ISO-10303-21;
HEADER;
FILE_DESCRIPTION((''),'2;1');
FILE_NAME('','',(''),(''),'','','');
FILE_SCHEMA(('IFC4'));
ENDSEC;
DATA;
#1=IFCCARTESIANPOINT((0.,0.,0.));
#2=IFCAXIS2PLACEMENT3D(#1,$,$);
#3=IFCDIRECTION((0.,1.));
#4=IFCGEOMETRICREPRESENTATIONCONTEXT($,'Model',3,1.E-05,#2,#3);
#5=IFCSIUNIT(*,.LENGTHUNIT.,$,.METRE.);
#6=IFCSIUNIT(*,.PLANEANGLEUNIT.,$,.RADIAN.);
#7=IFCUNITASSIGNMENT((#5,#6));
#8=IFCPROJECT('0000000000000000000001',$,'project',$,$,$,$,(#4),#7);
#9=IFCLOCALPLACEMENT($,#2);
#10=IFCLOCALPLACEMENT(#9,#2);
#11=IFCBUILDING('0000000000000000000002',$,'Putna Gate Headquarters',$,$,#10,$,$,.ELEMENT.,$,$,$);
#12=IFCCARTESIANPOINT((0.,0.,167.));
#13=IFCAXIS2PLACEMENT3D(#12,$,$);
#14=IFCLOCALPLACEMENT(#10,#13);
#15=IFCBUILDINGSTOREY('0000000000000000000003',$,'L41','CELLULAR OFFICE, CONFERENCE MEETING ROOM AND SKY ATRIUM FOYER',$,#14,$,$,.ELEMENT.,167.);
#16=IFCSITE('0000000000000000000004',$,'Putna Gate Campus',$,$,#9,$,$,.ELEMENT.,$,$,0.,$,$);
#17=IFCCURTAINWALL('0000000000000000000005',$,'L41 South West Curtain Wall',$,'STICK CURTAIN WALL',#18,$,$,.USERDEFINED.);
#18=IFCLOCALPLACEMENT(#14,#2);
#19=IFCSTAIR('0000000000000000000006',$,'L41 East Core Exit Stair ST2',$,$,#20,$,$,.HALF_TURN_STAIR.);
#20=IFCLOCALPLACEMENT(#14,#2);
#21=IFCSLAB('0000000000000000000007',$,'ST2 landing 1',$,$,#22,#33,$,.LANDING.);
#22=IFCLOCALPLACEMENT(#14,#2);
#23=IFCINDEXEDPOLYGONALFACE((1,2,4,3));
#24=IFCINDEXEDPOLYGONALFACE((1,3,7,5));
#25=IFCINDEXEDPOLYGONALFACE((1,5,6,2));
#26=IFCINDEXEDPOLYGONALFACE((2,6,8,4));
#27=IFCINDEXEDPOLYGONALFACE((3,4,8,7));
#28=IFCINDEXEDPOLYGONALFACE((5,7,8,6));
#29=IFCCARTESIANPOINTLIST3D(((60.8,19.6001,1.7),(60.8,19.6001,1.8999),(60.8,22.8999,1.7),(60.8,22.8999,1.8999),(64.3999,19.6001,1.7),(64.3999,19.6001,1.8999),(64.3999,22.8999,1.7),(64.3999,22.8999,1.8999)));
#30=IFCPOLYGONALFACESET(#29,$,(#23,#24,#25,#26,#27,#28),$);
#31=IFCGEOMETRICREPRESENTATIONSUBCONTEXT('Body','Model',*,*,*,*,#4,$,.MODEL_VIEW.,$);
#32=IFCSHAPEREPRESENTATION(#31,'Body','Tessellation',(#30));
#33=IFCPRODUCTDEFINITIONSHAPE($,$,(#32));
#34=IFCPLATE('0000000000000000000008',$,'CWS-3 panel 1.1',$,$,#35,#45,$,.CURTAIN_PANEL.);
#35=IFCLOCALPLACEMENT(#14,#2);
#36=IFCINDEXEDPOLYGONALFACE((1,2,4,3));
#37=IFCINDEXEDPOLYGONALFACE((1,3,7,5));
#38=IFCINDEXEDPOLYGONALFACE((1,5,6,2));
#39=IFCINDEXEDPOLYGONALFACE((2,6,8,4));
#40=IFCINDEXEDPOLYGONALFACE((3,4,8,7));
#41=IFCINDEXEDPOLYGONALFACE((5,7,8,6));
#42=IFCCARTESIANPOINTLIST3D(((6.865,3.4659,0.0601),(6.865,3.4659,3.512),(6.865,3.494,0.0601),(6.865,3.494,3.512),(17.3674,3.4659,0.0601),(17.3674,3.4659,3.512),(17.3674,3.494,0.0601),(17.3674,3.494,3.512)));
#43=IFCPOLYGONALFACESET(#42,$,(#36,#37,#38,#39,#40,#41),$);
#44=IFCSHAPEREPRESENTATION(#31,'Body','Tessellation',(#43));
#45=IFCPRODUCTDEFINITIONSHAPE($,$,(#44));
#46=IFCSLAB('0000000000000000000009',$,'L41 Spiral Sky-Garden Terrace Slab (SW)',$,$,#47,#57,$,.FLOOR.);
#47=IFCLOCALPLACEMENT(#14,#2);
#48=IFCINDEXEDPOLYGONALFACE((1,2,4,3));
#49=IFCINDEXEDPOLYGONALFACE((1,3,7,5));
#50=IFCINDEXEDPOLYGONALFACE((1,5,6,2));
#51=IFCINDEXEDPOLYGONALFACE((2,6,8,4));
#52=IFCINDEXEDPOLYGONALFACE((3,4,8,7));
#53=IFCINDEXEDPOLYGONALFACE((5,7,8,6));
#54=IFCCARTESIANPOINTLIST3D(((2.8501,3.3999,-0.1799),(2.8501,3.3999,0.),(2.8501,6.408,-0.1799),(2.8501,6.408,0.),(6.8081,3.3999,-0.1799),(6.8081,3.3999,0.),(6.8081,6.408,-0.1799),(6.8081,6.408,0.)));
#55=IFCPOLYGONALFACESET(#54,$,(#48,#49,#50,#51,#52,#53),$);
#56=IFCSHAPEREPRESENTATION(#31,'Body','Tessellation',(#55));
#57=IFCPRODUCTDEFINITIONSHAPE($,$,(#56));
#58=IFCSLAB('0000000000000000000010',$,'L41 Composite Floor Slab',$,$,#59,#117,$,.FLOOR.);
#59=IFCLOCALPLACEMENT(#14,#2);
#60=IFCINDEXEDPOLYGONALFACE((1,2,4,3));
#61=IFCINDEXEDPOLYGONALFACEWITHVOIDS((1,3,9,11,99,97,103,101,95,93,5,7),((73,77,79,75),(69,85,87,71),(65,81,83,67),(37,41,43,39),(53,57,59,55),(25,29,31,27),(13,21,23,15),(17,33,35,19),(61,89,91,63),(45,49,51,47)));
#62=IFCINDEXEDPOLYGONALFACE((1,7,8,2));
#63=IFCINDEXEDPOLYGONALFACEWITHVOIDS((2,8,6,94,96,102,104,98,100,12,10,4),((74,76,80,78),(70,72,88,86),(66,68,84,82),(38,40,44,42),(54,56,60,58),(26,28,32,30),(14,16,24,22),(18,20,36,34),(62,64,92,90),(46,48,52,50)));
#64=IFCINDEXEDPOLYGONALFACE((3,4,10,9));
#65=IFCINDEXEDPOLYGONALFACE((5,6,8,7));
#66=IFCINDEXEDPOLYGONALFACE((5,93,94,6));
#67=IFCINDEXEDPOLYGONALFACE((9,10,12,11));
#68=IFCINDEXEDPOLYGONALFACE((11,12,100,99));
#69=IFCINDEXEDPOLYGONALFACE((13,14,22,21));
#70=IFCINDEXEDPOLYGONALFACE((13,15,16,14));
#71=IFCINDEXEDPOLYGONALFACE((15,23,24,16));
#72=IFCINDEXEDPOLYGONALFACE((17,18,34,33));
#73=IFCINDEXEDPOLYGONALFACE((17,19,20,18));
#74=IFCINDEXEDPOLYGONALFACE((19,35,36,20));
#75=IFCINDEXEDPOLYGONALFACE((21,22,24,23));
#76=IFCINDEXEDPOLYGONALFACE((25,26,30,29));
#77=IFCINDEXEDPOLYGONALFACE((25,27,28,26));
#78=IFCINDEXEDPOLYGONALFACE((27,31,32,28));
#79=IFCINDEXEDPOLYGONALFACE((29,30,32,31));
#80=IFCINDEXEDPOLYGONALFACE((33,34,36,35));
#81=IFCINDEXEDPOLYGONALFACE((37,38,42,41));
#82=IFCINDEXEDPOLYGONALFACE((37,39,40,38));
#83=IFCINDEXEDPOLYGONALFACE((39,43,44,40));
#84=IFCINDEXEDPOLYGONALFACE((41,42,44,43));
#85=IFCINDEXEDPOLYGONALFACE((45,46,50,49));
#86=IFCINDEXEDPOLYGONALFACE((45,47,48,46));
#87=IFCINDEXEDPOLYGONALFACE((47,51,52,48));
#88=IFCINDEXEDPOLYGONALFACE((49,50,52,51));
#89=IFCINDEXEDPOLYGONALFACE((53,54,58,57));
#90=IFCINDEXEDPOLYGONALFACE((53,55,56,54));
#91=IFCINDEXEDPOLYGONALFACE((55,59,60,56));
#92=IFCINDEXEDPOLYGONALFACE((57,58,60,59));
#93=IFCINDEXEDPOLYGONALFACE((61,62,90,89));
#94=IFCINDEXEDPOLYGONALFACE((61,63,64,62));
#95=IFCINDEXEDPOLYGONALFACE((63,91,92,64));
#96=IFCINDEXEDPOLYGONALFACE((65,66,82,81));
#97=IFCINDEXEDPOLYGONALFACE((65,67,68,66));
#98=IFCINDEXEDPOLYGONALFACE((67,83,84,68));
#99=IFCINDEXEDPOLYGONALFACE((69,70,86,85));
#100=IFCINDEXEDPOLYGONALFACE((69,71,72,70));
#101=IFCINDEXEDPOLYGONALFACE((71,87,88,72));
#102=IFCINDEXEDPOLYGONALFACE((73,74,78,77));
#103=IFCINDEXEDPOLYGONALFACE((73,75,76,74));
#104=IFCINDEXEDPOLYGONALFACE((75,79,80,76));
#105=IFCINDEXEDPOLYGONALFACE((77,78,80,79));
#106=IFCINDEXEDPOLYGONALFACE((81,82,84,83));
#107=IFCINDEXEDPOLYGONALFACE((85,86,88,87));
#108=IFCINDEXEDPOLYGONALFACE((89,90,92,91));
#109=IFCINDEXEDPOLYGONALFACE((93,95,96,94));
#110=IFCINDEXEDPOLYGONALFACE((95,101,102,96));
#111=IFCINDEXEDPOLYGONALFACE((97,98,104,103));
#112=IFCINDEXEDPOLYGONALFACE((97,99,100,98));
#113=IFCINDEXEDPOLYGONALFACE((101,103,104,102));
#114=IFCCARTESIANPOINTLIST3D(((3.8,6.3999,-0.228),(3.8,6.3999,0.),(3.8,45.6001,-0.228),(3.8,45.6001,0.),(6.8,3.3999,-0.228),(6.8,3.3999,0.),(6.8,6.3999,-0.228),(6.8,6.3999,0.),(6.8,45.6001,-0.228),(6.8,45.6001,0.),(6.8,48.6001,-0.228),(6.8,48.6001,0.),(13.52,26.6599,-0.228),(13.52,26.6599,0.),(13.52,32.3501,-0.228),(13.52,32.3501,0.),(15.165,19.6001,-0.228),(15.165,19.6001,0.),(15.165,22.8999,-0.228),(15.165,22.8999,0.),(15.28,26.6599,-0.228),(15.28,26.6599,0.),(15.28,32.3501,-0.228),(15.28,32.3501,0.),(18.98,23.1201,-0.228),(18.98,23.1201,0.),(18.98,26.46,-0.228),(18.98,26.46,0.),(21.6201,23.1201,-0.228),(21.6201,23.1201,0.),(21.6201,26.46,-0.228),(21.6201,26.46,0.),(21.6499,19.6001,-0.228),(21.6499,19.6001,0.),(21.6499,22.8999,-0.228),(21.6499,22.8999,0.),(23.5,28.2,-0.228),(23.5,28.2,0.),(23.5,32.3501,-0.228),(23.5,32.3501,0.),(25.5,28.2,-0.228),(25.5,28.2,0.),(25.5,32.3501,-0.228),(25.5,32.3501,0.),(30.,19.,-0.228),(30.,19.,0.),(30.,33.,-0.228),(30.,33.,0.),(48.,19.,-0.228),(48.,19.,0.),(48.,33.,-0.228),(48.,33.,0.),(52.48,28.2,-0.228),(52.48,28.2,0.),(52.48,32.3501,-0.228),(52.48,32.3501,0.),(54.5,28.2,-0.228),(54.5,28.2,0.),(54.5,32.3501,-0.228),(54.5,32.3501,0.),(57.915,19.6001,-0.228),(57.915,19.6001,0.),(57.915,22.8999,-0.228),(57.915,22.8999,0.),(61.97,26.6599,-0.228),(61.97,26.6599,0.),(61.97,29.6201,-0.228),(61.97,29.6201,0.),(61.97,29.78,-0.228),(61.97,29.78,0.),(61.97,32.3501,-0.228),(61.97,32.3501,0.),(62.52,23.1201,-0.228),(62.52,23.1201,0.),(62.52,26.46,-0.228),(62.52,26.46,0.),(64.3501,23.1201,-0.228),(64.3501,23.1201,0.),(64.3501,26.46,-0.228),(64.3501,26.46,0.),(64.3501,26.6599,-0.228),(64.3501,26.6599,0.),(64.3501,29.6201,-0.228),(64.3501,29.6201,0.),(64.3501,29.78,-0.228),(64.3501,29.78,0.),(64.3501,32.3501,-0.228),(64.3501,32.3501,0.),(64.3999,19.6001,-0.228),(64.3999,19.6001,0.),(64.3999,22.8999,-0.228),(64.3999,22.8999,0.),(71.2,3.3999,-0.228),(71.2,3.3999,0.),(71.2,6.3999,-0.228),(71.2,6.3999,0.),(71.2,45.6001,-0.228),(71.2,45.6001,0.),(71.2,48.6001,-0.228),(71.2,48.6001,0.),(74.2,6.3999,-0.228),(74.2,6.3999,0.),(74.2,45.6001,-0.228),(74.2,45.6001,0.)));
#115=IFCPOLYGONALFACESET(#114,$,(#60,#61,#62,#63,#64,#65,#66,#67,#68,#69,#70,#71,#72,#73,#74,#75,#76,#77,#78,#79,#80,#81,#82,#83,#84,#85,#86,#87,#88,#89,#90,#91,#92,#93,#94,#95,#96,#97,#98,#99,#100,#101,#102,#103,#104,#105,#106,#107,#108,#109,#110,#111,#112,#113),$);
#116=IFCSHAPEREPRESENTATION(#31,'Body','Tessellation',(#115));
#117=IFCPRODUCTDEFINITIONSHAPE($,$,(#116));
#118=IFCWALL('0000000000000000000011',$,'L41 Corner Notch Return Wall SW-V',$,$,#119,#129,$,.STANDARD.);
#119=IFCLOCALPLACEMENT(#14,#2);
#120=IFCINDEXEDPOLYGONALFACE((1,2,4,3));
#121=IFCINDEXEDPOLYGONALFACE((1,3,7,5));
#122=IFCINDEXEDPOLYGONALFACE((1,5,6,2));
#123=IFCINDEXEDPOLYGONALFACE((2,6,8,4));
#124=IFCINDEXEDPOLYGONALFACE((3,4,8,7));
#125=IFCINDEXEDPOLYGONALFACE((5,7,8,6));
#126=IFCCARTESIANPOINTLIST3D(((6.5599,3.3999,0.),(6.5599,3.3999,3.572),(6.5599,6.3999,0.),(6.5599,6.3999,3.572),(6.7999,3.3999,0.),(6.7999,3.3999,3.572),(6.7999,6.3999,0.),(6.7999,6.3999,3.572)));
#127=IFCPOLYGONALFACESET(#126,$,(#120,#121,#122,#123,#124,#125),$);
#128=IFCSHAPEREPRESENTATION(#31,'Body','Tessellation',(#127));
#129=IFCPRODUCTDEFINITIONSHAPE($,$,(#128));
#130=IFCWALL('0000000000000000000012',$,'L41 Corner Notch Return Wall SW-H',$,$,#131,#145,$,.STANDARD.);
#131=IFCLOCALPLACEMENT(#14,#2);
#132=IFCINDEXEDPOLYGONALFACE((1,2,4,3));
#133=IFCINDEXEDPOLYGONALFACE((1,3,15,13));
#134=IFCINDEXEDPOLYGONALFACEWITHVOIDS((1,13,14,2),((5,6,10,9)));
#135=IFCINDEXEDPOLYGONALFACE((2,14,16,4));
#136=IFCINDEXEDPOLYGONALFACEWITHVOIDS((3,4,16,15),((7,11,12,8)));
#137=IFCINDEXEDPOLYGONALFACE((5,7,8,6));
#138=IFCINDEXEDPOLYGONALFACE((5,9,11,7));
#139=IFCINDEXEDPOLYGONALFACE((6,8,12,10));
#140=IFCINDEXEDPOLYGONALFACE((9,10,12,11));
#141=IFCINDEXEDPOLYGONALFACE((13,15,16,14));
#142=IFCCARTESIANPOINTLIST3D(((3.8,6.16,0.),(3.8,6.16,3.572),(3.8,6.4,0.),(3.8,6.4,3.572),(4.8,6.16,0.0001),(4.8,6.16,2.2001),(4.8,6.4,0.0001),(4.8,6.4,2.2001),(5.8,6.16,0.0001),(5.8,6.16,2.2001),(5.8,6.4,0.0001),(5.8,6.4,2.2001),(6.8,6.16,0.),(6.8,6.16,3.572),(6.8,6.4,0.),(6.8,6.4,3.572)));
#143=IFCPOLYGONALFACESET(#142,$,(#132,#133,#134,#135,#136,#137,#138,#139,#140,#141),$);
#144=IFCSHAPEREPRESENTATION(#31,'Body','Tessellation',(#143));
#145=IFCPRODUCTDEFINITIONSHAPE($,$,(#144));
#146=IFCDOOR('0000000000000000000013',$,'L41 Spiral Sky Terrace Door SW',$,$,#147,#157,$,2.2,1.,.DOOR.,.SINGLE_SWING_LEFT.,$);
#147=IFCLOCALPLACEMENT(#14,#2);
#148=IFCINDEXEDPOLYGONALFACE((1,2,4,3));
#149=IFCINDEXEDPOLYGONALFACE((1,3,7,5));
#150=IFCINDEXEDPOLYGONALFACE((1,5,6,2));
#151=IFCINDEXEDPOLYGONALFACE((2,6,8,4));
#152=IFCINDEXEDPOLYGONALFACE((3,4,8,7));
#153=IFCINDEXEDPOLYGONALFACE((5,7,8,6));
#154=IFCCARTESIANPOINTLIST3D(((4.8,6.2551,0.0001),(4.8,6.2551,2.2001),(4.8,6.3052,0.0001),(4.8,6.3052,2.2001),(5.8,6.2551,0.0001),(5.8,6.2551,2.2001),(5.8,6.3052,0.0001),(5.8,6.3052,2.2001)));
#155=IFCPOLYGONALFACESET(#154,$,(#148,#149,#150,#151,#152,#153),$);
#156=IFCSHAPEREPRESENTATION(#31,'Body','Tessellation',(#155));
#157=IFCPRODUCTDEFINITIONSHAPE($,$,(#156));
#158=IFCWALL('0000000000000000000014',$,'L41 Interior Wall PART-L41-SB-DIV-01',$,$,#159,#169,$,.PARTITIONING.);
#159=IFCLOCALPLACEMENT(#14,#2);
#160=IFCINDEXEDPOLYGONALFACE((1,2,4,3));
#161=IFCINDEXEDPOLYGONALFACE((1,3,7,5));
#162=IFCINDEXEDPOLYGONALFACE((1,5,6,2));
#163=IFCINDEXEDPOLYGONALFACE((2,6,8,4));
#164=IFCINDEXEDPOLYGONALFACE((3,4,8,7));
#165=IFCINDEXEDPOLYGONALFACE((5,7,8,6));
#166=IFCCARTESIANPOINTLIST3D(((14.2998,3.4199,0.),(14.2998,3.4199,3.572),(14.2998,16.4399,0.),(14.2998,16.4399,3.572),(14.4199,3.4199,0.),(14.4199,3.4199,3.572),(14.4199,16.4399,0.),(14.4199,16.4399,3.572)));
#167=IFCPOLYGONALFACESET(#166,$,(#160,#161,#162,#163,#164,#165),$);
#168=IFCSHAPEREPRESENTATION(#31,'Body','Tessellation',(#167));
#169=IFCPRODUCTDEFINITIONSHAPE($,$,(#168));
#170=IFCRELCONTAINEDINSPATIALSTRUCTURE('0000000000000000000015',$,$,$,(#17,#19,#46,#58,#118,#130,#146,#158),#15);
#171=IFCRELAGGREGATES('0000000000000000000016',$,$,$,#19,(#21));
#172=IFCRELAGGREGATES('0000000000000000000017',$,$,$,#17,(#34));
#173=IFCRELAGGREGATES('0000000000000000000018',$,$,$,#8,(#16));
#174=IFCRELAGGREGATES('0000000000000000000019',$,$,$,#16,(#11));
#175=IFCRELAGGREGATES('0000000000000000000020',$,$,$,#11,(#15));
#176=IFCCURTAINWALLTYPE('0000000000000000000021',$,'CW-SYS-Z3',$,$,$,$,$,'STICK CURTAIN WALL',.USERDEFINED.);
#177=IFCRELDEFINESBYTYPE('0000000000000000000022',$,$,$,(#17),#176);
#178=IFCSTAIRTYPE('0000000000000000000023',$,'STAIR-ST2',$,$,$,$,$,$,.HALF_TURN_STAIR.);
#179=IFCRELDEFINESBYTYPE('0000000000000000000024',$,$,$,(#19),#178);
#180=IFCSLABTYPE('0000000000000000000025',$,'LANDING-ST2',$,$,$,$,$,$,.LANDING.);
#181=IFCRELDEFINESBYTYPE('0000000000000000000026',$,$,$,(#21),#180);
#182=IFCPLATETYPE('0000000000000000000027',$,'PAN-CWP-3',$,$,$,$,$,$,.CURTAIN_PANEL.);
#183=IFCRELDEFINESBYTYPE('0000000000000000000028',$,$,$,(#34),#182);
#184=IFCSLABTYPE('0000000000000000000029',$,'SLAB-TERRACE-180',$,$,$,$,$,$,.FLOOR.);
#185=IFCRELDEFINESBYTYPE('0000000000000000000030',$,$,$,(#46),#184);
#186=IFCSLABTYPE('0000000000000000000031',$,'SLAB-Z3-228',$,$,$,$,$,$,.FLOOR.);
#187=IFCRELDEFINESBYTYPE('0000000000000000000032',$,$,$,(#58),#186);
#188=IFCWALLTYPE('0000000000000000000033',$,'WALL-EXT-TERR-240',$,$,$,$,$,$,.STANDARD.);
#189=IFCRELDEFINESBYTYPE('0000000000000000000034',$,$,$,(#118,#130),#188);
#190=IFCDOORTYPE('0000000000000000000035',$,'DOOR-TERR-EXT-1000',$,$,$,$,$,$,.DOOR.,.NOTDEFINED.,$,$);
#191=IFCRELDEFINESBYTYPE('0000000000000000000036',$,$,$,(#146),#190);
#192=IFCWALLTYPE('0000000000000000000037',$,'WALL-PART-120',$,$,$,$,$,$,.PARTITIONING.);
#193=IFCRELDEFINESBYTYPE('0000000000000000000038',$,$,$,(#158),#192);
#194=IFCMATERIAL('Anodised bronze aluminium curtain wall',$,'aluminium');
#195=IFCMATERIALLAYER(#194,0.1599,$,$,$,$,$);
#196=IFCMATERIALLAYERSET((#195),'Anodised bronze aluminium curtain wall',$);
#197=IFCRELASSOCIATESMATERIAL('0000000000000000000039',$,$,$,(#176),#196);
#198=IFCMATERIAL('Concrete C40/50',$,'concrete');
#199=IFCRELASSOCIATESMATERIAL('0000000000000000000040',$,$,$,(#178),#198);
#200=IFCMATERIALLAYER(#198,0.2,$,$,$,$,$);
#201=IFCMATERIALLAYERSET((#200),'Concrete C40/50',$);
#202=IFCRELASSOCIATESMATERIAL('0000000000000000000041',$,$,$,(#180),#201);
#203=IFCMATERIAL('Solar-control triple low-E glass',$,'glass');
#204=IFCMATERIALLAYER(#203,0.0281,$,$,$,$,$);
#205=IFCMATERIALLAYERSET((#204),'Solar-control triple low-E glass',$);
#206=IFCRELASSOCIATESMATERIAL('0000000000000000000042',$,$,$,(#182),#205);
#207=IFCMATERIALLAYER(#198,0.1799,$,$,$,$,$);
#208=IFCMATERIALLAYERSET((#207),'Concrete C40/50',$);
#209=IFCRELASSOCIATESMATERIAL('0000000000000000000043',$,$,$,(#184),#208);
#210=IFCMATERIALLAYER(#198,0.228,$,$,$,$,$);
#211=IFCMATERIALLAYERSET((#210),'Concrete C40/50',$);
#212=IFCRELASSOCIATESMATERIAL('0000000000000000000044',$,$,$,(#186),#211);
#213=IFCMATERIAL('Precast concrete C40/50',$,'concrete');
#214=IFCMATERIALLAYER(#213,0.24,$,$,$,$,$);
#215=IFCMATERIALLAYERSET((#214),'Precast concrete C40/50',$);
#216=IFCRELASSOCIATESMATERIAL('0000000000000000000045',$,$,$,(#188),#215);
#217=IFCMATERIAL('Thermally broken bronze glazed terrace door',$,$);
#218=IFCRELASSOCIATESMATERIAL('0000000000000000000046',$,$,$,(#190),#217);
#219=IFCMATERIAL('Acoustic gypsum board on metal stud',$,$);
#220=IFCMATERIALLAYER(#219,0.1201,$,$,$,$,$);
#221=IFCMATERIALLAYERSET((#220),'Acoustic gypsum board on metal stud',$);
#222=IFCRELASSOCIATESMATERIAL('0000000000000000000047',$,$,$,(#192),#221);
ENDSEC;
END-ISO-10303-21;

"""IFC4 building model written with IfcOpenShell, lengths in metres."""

from ifc_helpers import new_model, si_unit, direction, frame, frame_2d, origin, origin_2d, place, context, subcontext, project, spatial, polyline, rectangle, outline, extrude, material, layer, layer_set, type_object, element, fill, aggregate, save


model = new_model("IFC4")

# Units and contexts
model_context = context("Model", 3, precision=1e-05, world=origin(), true_north=direction((0.0, 1.0)))
body_context = subcontext(model_context, "Body", "Model", "MODEL_VIEW")
ifc_project = project(units=[si_unit("LENGTHUNIT", "METRE"), si_unit("PLANEANGLEUNIT", "RADIAN")], contexts=[model_context])

# Site, building, storey
site_placement = place(None, origin())
site = spatial("IfcSite", under=ifc_project, at=site_placement, Name="Putna Gate Campus", CompositionType="ELEMENT", RefElevation=0.0)
building_placement = place(site_placement, origin())
building = spatial("IfcBuilding", under=site, at=building_placement, Name="Putna Gate Headquarters", CompositionType="ELEMENT")
storey_placement = place(building_placement, frame((0.0, 0.0, 167.0)))
storey = spatial("IfcBuildingStorey", under=building, at=storey_placement, Name="L41", Description="CELLULAR OFFICE, CONFERENCE MEETING ROOM AND SKY ATRIUM FOYER", CompositionType="ELEMENT", Elevation=167.0)

# Curtain wall
ifc_material_1 = material(Name="Anodised bronze aluminium curtain wall", Category="aluminium")
ifc_layer_1 = layer(ifc_material_1, 0.1599)
ifc_layer_set_1 = layer_set([ifc_layer_1], Name="Anodised bronze aluminium curtain wall")
curtain_wall_type = type_object("IfcCurtainWallType", Name="CW-SYS-Z3", ElementType="STICK CURTAIN WALL", PredefinedType="USERDEFINED", material=ifc_layer_set_1)
curtain_wall_1_placement = place(storey_placement, origin())
curtain_wall_1 = element("IfcCurtainWall", 1, at=curtain_wall_1_placement, inside=storey, type_object=curtain_wall_type, Name="L41 South West Curtain Wall", ObjectType="STICK CURTAIN WALL", PredefinedType="USERDEFINED")

# Stair, slab
ifc_material_2 = material(Name="Concrete C40/50", Category="concrete")
stair_type_1 = type_object("IfcStairType", Name="STAIR-ST2", PredefinedType="HALF_TURN_STAIR", material=ifc_material_2)
stair_1_placement = place(storey_placement, origin())
stair_1 = element("IfcStair", 2, at=stair_1_placement, inside=storey, type_object=stair_type_1, Name="L41 East Core Exit Stair ST2", PredefinedType="HALF_TURN_STAIR")
ifc_layer_2 = layer(ifc_material_2, 0.2)
ifc_layer_set_2 = layer_set([ifc_layer_2], Name="Concrete C40/50")
slab_type_1 = type_object("IfcSlabType", Name="LANDING-ST2", PredefinedType="LANDING", material=ifc_layer_set_2)
slab_1_placement = place(storey_placement, frame((0.0, 0.0, 1.7)))
slab_1 = element("IfcSlab", 3, at=slab_1_placement, type_object=slab_type_1, Name="ST2 landing 1", PredefinedType="LANDING", context=body_context, shape_type="SweptSolid", body=[
    extrude(outline(polyline([(60.8, 19.6001), (64.3999, 19.6001), (64.3999, 22.8999), (60.8, 22.8999), (60.8, 19.6001)])), origin(), (0.0, 0.0, 1.0), 0.2),
])
aggregate(stair_1, [slab_1])

# Plate
ifc_material_3 = material(Name="Solar-control triple low-E glass", Category="glass")
ifc_layer_3 = layer(ifc_material_3, 0.0281)
ifc_layer_set_3 = layer_set([ifc_layer_3], Name="Solar-control triple low-E glass")
plate_type = type_object("IfcPlateType", Name="PAN-CWP-3", PredefinedType="CURTAIN_PANEL", material=ifc_layer_set_3)
plate_placement = place(storey_placement, frame((12.1162, 3.48, 0.0601), z_axis=(0.0, 0.0, 1.0), x_axis=(1.0, 0.0, 0.0)))
plate = element("IfcPlate", 4, at=plate_placement, type_object=plate_type, Name="CWS-3 panel 1.1", PredefinedType="CURTAIN_PANEL", context=body_context, shape_type="SweptSolid", body=[
    extrude(rectangle(XDim=10.5024, YDim=0.0281, at=origin_2d()), origin(), (0.0, 0.0, 1.0), 3.4519),
])
aggregate(curtain_wall_1, [plate])

# Slabs
ifc_layer_4 = layer(ifc_material_2, 0.1799)
ifc_layer_set_4 = layer_set([ifc_layer_4], Name="Concrete C40/50")
slab_type_2 = type_object("IfcSlabType", Name="SLAB-TERRACE-180", PredefinedType="FLOOR", material=ifc_layer_set_4)
slab_2_placement = place(storey_placement, frame((0.0, 0.0, -0.1799)))
element("IfcSlab", 5, at=slab_2_placement, inside=storey, type_object=slab_type_2, Name="L41 Spiral Sky-Garden Terrace Slab (SW)", PredefinedType="FLOOR", context=body_context, shape_type="SweptSolid", body=[
    extrude(outline(polyline([(2.8501, 3.3999), (6.8081, 3.3999), (6.8081, 6.408), (2.8501, 6.408), (2.8501, 3.3999)])), origin(), (0.0, 0.0, 1.0), 0.1799),
])
ifc_layer_5 = layer(ifc_material_2, 0.228)
ifc_layer_set_5 = layer_set([ifc_layer_5], Name="Concrete C40/50")
slab_type_3 = type_object("IfcSlabType", Name="SLAB-Z3-228", PredefinedType="FLOOR", material=ifc_layer_set_5)
slab_3_placement = place(storey_placement, frame((0.0, 0.0, -0.228)))
element("IfcSlab", 6, at=slab_3_placement, inside=storey, type_object=slab_type_3, Name="L41 Composite Floor Slab", PredefinedType="FLOOR", context=body_context, shape_type="SweptSolid", body=[
    extrude(outline(polyline([(6.8, 3.3999), (71.2, 3.3999), (71.2, 6.3999), (74.2, 6.3999), (74.2, 45.6001), (71.2, 45.6001), (71.2, 48.6001), (6.8, 48.6001), (6.8, 45.6001), (3.8, 45.6001), (3.8, 6.3999), (6.8, 6.3999), (6.8, 3.3999)]), holes=[polyline([(15.165, 19.6001), (21.6499, 19.6001), (21.6499, 22.8999), (15.165, 22.8999), (15.165, 19.6001)]), polyline([(57.915, 19.6001), (64.3999, 19.6001), (64.3999, 22.8999), (57.915, 22.8999), (57.915, 19.6001)]), polyline([(13.52, 26.6599), (15.28, 26.6599), (15.28, 32.3501), (13.52, 32.3501), (13.52, 26.6599)]), polyline([(61.97, 29.78), (64.3501, 29.78), (64.3501, 32.3501), (61.97, 32.3501), (61.97, 29.78)]), polyline([(18.98, 23.1201), (21.6201, 23.1201), (21.6201, 26.46), (18.98, 26.46), (18.98, 23.1201)]), polyline([(62.52, 23.1201), (64.3501, 23.1201), (64.3501, 26.46), (62.52, 26.46), (62.52, 23.1201)]), polyline([(61.97, 26.6599), (64.3501, 26.6599), (64.3501, 29.6201), (61.97, 29.6201), (61.97, 26.6599)]), polyline([(23.5, 28.2), (25.5, 28.2), (25.5, 32.3501), (23.5, 32.3501), (23.5, 28.2)]), polyline([(52.48, 28.2), (54.5, 28.2), (54.5, 32.3501), (52.48, 32.3501), (52.48, 28.2)]), polyline([(30.0, 19.0), (48.0, 19.0), (48.0, 33.0), (30.0, 33.0), (30.0, 19.0)])]), origin(), (0.0, 0.0, 1.0), 0.228),
])

# Wall
ifc_material_4 = material(Name="Precast concrete C40/50", Category="concrete")
ifc_layer_6 = layer(ifc_material_4, 0.24)
ifc_layer_set_6 = layer_set([ifc_layer_6], Name="Precast concrete C40/50")
wall_type_1 = type_object("IfcWallType", Name="WALL-EXT-TERR-240", PredefinedType="STANDARD", material=ifc_layer_set_6)
wall_1_placement = place(storey_placement, frame((6.6799, 3.3999, 0.0), z_axis=(0.0, 0.0, 1.0), x_axis=(0.0, 1.0, 0.0)))
element("IfcWall", 7, at=wall_1_placement, inside=storey, type_object=wall_type_1, Name="L41 Corner Notch Return Wall SW-V", PredefinedType="STANDARD", context=body_context, shape_type="SweptSolid", body=[
    extrude(rectangle(XDim=3.0, YDim=0.24, at=frame_2d((1.5, 0.0))), origin(), (0.0, 0.0, 1.0), 3.572),
])

# Wall, opening, door
wall_2_placement = place(storey_placement, frame((6.8, 6.28, 0.0), z_axis=(0.0, 0.0, 1.0), x_axis=(-1.0, 0.0, 0.0)))
wall_2 = element("IfcWall", 8, at=wall_2_placement, inside=storey, type_object=wall_type_1, Name="L41 Corner Notch Return Wall SW-H", PredefinedType="STANDARD", context=body_context, shape_type="SweptSolid", body=[
    extrude(rectangle(XDim=3.0, YDim=0.24, at=frame_2d((1.5, 0.0))), origin(), (0.0, 0.0, 1.0), 3.572),
])
opening_placement = place(wall_2_placement, frame((1.0, 0.0, 0.0)))
opening = element("IfcOpeningElement", 9, at=opening_placement, cuts=wall_2, PredefinedType="OPENING", context=body_context, shape_type="SweptSolid", body=[
    extrude(rectangle(XDim=1.0, YDim=2.2, at=frame_2d((0.5, 1.1001))), frame((0.0, 0.1299, 0.0), z_axis=(0.0, -1.0, 0.0), x_axis=(1.0, 0.0, 0.0)), (0.0, 0.0, 1.0), 0.26),
])
ifc_material_5 = material(Name="Thermally broken bronze glazed terrace door")
door_type = type_object("IfcDoorType", Name="DOOR-TERR-EXT-1000", OperationType="NOTDEFINED", PredefinedType="DOOR", material=ifc_material_5)
door_placement = place(opening_placement, origin())
door = element("IfcDoor", 10, at=door_placement, inside=storey, type_object=door_type, Name="L41 Spiral Sky Terrace Door SW", OperationType="SINGLE_SWING_LEFT", OverallHeight=2.2, OverallWidth=1.0, PredefinedType="DOOR", context=body_context, shape_type="SweptSolid", body=[
    extrude(rectangle(XDim=1.0, YDim=2.2, at=frame_2d((0.5, 1.1001))), frame((0.0, 0.0249, 0.0), z_axis=(0.0, -1.0, 0.0), x_axis=(1.0, 0.0, 0.0)), (0.0, 0.0, 1.0), 0.05),
])
fill(opening, door)

# Wall
ifc_material_6 = material(Name="Acoustic gypsum board on metal stud")
ifc_layer_7 = layer(ifc_material_6, 0.1201)
ifc_layer_set_7 = layer_set([ifc_layer_7], Name="Acoustic gypsum board on metal stud")
wall_type_2 = type_object("IfcWallType", Name="WALL-PART-120", PredefinedType="PARTITIONING", material=ifc_layer_set_7)
wall_3_placement = place(storey_placement, frame((14.3599, 3.4199, 0.0), z_axis=(0.0, 0.0, 1.0), x_axis=(0.0, 1.0, 0.0)))
element("IfcWall", 11, at=wall_3_placement, inside=storey, type_object=wall_type_2, Name="L41 Interior Wall PART-L41-SB-DIV-01", PredefinedType="PARTITIONING", context=body_context, shape_type="SweptSolid", body=[
    extrude(rectangle(XDim=13.02, YDim=0.1201, at=frame_2d((6.51, 0.0))), origin(), (0.0, 0.0, 1.0), 3.572),
])

save(model, "model.ifc")
